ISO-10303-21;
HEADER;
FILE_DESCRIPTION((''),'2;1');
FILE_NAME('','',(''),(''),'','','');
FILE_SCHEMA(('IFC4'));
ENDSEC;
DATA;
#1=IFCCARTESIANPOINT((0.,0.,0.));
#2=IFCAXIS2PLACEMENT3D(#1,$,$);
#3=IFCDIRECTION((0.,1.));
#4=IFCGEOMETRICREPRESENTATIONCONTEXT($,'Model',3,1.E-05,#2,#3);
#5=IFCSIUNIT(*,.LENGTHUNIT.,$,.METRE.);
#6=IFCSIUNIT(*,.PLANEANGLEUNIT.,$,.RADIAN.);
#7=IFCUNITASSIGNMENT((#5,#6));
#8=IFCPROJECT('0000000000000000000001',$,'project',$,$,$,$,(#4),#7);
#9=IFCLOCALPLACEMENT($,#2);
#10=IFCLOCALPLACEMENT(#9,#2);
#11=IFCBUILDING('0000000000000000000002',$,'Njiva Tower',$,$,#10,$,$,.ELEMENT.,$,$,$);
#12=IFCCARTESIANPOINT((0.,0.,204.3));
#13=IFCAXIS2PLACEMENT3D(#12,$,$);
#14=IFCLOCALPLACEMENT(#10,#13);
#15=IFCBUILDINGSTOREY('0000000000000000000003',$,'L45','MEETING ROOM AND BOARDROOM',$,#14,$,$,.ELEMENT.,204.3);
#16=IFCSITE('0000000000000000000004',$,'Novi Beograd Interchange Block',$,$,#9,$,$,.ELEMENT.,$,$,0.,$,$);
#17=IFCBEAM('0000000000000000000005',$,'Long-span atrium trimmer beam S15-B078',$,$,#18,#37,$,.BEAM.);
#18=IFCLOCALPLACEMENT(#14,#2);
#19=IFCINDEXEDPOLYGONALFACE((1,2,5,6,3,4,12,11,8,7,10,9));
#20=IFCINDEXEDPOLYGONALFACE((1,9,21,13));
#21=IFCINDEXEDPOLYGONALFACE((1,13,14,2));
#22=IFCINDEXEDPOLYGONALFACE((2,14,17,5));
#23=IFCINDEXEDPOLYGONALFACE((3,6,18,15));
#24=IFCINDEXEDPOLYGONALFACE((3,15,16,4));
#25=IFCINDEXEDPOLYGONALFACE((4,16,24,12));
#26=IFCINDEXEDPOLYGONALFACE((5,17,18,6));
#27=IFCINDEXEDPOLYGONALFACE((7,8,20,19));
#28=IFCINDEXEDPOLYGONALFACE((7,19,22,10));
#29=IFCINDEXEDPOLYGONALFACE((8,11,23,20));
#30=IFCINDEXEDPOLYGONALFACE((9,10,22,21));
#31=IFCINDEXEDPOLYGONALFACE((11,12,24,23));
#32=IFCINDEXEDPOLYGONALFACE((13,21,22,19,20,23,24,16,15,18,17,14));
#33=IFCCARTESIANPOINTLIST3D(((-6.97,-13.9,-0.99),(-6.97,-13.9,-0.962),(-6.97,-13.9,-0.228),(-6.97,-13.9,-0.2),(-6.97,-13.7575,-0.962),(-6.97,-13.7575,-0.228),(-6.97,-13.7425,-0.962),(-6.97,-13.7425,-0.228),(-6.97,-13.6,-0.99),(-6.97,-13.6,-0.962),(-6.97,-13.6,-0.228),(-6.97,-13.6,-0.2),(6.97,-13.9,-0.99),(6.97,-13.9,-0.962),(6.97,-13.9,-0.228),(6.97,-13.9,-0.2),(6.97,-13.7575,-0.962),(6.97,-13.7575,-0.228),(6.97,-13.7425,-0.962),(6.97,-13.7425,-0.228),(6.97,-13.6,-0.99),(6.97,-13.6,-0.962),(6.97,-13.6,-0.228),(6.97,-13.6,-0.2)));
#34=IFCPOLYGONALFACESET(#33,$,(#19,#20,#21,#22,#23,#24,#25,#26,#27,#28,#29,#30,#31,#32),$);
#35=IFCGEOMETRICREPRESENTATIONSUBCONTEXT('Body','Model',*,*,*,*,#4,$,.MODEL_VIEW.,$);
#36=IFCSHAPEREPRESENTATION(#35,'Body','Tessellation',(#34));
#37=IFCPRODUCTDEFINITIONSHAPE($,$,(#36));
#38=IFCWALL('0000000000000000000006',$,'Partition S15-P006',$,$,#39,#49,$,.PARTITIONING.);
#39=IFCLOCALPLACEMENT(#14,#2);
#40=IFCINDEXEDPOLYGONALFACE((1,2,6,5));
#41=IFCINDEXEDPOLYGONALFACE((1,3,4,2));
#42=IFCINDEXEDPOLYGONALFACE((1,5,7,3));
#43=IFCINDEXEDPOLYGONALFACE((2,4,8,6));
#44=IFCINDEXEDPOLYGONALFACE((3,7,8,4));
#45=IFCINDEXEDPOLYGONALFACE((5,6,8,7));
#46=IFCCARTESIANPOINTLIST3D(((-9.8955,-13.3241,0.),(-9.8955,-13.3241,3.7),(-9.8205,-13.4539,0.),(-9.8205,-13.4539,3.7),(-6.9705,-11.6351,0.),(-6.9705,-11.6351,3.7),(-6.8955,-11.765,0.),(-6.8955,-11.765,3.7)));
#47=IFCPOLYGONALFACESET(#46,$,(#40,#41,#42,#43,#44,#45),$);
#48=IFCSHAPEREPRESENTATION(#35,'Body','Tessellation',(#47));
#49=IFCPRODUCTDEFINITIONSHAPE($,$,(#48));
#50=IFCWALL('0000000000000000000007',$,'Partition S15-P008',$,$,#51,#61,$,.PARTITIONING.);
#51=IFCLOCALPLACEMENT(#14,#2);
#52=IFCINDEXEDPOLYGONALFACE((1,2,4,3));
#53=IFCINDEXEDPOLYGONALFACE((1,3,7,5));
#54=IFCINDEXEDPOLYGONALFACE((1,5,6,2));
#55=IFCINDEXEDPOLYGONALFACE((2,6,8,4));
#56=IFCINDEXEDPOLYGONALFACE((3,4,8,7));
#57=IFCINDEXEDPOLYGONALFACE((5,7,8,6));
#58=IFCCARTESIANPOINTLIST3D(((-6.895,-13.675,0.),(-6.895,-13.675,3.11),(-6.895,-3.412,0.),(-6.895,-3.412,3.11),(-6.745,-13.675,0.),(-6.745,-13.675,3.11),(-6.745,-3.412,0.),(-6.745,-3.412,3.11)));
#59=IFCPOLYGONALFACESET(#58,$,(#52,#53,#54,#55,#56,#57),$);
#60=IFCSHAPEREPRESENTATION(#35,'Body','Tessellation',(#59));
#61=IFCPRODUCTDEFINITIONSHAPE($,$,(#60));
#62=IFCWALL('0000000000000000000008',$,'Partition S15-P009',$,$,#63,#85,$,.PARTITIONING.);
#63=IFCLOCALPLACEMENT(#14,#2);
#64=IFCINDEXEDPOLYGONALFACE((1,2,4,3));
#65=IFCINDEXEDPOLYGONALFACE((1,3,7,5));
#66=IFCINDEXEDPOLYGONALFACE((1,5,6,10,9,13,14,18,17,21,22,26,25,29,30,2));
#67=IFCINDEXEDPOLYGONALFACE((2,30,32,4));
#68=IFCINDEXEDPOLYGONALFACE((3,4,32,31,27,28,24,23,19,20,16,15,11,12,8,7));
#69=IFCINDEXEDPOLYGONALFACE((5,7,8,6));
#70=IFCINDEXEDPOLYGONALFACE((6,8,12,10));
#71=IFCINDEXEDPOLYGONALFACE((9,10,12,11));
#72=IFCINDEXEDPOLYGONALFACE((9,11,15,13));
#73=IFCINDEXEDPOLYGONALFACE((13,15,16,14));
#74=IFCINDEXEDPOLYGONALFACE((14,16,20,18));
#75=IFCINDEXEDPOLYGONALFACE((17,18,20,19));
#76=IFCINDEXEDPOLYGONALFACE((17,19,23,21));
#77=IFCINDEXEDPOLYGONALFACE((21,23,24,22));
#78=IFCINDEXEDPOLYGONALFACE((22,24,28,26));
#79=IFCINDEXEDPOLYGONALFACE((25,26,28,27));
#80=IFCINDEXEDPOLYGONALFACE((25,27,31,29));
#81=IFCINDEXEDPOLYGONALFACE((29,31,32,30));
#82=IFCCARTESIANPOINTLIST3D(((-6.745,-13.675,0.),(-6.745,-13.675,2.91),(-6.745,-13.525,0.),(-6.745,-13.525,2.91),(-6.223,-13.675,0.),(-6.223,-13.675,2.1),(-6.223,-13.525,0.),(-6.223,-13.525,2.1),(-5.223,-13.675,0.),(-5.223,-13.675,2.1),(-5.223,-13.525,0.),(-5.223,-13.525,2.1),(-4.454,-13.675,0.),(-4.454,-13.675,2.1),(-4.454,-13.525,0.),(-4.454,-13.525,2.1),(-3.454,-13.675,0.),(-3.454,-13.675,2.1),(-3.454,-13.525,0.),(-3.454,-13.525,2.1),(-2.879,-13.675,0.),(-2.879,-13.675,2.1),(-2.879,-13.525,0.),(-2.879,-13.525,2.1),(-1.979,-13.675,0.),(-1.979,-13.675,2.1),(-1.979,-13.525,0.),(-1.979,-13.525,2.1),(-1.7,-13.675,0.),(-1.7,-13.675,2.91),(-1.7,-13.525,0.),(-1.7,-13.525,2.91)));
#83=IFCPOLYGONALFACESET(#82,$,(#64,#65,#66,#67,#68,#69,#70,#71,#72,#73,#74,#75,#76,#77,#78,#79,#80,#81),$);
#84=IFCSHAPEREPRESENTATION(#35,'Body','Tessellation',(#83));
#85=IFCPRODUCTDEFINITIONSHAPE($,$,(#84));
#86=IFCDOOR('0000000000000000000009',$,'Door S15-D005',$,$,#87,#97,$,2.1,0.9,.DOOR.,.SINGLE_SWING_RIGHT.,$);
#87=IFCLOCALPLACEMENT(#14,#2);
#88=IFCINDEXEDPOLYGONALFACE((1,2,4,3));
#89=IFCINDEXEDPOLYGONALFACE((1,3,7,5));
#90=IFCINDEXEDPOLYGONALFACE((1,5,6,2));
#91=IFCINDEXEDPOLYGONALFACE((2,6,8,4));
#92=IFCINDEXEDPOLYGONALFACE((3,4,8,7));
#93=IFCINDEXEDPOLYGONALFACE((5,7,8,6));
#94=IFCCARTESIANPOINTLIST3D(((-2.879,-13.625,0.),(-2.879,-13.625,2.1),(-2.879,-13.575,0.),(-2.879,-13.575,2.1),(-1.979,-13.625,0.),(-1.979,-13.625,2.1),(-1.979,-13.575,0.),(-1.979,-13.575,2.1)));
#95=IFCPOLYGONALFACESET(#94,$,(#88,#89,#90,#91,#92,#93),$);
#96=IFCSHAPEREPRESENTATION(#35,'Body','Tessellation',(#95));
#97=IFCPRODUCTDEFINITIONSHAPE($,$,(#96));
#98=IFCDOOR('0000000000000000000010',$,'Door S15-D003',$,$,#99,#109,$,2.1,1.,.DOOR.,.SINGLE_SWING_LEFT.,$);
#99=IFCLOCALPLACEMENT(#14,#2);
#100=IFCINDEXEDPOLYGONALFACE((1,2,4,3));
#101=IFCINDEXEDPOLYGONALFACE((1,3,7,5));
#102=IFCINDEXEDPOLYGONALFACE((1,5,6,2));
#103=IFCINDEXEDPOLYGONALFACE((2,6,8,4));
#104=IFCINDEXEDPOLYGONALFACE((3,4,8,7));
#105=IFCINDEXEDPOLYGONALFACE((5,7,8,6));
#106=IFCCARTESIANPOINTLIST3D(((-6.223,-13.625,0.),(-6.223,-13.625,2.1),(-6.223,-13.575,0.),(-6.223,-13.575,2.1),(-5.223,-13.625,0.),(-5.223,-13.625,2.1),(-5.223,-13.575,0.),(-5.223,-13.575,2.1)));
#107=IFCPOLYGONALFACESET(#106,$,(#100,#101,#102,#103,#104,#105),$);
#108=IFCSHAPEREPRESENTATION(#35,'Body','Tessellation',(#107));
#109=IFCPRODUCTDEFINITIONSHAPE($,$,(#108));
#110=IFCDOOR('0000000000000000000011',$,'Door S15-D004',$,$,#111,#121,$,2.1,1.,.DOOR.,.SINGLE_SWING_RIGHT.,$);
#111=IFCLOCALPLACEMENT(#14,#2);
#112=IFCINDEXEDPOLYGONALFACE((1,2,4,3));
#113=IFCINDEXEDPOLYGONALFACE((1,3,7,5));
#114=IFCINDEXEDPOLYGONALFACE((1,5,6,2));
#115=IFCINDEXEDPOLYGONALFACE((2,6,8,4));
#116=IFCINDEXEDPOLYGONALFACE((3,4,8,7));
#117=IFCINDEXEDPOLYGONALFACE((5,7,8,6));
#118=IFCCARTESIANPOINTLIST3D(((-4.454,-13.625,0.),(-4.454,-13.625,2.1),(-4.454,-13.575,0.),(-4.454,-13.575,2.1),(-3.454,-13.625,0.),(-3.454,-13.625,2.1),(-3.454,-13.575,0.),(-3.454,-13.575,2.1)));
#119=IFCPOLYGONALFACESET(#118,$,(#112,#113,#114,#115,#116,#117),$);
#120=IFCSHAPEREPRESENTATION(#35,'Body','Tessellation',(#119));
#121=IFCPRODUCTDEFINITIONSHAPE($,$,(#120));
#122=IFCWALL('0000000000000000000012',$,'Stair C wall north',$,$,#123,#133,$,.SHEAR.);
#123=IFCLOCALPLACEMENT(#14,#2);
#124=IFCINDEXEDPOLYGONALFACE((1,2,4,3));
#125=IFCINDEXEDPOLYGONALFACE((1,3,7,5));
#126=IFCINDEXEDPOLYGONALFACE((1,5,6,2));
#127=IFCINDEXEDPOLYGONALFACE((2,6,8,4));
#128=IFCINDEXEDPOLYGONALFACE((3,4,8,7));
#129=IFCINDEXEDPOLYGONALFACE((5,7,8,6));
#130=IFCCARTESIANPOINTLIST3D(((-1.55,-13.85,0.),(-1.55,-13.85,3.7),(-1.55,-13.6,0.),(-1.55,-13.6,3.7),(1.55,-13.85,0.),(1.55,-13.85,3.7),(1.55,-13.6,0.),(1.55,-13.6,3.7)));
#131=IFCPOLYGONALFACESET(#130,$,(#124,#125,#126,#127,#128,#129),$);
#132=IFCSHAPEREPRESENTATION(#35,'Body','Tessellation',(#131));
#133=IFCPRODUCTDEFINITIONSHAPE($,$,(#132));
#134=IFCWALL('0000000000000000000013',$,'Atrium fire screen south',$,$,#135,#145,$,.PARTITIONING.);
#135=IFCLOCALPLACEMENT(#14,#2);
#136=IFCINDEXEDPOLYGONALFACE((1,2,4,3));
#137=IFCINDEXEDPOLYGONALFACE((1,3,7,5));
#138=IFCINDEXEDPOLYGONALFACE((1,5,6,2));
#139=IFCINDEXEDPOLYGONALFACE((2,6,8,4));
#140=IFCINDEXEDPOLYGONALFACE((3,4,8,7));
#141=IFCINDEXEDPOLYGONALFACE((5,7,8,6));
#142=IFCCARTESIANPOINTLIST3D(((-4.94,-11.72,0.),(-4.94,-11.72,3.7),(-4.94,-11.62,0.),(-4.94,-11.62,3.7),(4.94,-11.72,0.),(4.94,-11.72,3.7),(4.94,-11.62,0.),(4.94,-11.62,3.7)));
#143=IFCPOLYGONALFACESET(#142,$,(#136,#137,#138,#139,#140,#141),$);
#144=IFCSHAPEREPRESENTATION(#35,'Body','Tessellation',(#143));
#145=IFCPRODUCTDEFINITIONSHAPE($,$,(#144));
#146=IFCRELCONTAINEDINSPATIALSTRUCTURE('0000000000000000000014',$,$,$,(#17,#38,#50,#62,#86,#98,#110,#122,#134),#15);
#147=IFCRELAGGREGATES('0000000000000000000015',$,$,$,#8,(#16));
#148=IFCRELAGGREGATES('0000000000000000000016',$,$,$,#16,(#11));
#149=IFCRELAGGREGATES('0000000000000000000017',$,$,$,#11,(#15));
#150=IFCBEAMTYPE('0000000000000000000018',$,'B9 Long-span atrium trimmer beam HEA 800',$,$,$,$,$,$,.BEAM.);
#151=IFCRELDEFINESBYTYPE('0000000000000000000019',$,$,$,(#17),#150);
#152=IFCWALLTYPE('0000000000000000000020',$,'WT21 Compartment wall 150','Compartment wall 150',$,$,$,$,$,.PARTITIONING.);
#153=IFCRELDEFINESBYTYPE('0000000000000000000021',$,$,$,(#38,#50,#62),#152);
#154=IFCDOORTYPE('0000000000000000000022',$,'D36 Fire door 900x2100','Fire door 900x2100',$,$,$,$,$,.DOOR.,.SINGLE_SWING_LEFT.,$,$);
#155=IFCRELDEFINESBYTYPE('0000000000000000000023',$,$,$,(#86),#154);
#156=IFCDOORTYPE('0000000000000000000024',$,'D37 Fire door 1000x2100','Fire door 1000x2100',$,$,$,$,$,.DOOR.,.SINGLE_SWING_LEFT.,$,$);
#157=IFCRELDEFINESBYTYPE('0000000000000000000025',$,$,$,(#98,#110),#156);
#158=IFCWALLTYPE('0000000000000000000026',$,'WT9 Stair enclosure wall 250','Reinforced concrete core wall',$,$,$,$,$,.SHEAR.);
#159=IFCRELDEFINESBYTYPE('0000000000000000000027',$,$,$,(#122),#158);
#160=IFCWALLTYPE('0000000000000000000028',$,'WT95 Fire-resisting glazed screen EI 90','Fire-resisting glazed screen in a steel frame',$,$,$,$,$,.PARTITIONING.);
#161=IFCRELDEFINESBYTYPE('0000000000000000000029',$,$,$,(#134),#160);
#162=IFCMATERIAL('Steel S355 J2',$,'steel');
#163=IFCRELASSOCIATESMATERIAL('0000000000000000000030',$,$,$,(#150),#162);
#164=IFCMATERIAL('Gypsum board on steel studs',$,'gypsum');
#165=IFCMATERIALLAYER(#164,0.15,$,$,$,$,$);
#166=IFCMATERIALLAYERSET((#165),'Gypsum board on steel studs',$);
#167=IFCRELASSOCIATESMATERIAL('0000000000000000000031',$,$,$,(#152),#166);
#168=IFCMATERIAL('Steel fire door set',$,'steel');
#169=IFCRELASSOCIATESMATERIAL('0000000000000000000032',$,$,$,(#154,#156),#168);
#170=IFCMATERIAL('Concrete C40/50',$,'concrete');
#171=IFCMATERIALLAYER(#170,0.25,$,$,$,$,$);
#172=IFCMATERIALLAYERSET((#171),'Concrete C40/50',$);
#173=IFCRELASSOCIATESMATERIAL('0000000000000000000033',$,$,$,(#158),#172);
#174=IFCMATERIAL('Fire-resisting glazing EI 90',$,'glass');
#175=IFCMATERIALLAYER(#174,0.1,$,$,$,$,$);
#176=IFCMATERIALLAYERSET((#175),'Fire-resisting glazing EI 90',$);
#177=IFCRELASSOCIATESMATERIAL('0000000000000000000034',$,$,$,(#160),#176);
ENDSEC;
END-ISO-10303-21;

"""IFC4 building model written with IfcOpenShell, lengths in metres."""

from ifc_helpers import new_model, si_unit, direction, frame, frame_2d, origin, origin_2d, place, context, subcontext, project, spatial, rectangle, i_section, extrude, material, layer, layer_set, material_profile, profile_set, type_object, element, fill, save


model = new_model("IFC4")

# Units and contexts
model_context = context("Model", 3, precision=1e-05, world=origin(), true_north=direction((0.0, 1.0)))
body_context = subcontext(model_context, "Body", "Model", "MODEL_VIEW")
ifc_project = project(units=[si_unit("LENGTHUNIT", "METRE"), si_unit("PLANEANGLEUNIT", "RADIAN")], contexts=[model_context])

# Site, building, storey
site_placement = place(None, origin())
site = spatial("IfcSite", under=ifc_project, at=site_placement, Name="Novi Beograd Interchange Block", CompositionType="ELEMENT", RefElevation=0.0)
building_placement = place(site_placement, origin())
building = spatial("IfcBuilding", under=site, at=building_placement, Name="Njiva Tower", CompositionType="ELEMENT")
storey_placement = place(building_placement, frame((0.0, 0.0, 204.3)))
storey = spatial("IfcBuildingStorey", under=building, at=storey_placement, Name="L45", Description="MEETING ROOM AND BOARDROOM", CompositionType="ELEMENT", Elevation=204.3)

# Shared definitions
ifc_material_1 = material(Name="Steel S355 J2", Category="steel")

# Beam
ifc_material_profile_1 = material_profile(ifc_material_1, i_section(OverallWidth=0.3, OverallDepth=0.79, WebThickness=0.015, FlangeThickness=0.028, at=origin_2d()), Name="HEA 800")
ifc_profile_set_1 = profile_set([ifc_material_profile_1], Name="Steel S355 J2")
beam_type_1 = type_object("IfcBeamType", Name="B9 Long-span atrium trimmer beam HEA 800", PredefinedType="BEAM", material=ifc_profile_set_1)
beam_1_placement = place(storey_placement, frame((-6.97, -13.75, -0.595), z_axis=(1.0, 0.0, 0.0), x_axis=(0.0, 1.0, 0.0)))
element("IfcBeam", 1, at=beam_1_placement, inside=storey, type_object=beam_type_1, Name="Long-span atrium trimmer beam S15-B078", PredefinedType="BEAM", context=body_context, shape_type="SweptSolid", body=[
    extrude(i_section(OverallWidth=0.3, OverallDepth=0.79, WebThickness=0.015, FlangeThickness=0.028, at=origin_2d()), origin(), (0.0, 0.0, 1.0), 13.94),
])

# Walls
ifc_material_2 = material(Name="Gypsum board on steel studs", Category="gypsum")
ifc_layer_1 = layer(ifc_material_2, 0.15)
ifc_layer_set_1 = layer_set([ifc_layer_1], Name="Gypsum board on steel studs")
wall_type_1 = type_object("IfcWallType", Name="WT21 Compartment wall 150", Description="Compartment wall 150", PredefinedType="PARTITIONING", material=ifc_layer_set_1)
wall_1_placement = place(storey_placement, frame((-9.858, -13.389, 0.0), z_axis=(0.0, 0.0, 1.0), x_axis=(0.865993, 0.500056, 0.0)))
element("IfcWall", 2, at=wall_1_placement, inside=storey, type_object=wall_type_1, Name="Partition S15-P006", PredefinedType="PARTITIONING", context=body_context, shape_type="SweptSolid", body=[
    extrude(rectangle(XDim=3.3776, YDim=0.15, at=frame_2d((1.6888, 0.0))), origin(), (0.0, 0.0, 1.0), 3.7),
])
wall_2_placement = place(storey_placement, frame((-6.82, -13.675, 0.0), z_axis=(0.0, 0.0, 1.0), x_axis=(0.0, 1.0, 0.0)))
element("IfcWall", 3, at=wall_2_placement, inside=storey, type_object=wall_type_1, Name="Partition S15-P008", PredefinedType="PARTITIONING", context=body_context, shape_type="SweptSolid", body=[
    extrude(rectangle(XDim=10.263, YDim=0.15, at=frame_2d((5.1315, 0.0))), origin(), (0.0, 0.0, 1.0), 3.11),
])

# Wall, openings, doors
wall_3_placement = place(storey_placement, frame((-6.745, -13.6, 0.0), z_axis=(0.0, 0.0, 1.0), x_axis=(1.0, 0.0, 0.0)))
wall_3 = element("IfcWall", 4, at=wall_3_placement, inside=storey, type_object=wall_type_1, Name="Partition S15-P009", PredefinedType="PARTITIONING", context=body_context, shape_type="SweptSolid", body=[
    extrude(rectangle(XDim=5.045, YDim=0.15, at=frame_2d((2.5225, 0.0))), origin(), (0.0, 0.0, 1.0), 2.91),
])
opening_1_placement = place(wall_3_placement, frame((0.522, 0.0, 0.0)))
opening_1 = element("IfcOpeningElement", 5, at=opening_1_placement, cuts=wall_3, PredefinedType="OPENING", context=body_context, shape_type="SweptSolid", body=[
    extrude(rectangle(XDim=1.0, YDim=2.1, at=frame_2d((0.5, 1.05))), frame((0.0, 0.085, 0.0), z_axis=(0.0, -1.0, 0.0), x_axis=(1.0, 0.0, 0.0)), (0.0, 0.0, 1.0), 0.17),
])
opening_2_placement = place(wall_3_placement, frame((2.291, 0.0, 0.0)))
opening_2 = element("IfcOpeningElement", 6, at=opening_2_placement, cuts=wall_3, PredefinedType="OPENING", context=body_context, shape_type="SweptSolid", body=[
    extrude(rectangle(XDim=1.0, YDim=2.1, at=frame_2d((0.5, 1.05))), frame((0.0, 0.085, 0.0), z_axis=(0.0, -1.0, 0.0), x_axis=(1.0, 0.0, 0.0)), (0.0, 0.0, 1.0), 0.17),
])
opening_3_placement = place(wall_3_placement, frame((3.866, 0.0, 0.0)))
opening_3 = element("IfcOpeningElement", 7, at=opening_3_placement, cuts=wall_3, PredefinedType="OPENING", context=body_context, shape_type="SweptSolid", body=[
    extrude(rectangle(XDim=0.9, YDim=2.1, at=frame_2d((0.45, 1.05))), frame((0.0, 0.085, 0.0), z_axis=(0.0, -1.0, 0.0), x_axis=(1.0, 0.0, 0.0)), (0.0, 0.0, 1.0), 0.17),
])
ifc_material_3 = material(Name="Steel fire door set", Category="steel")
door_type_1 = type_object("IfcDoorType", Name="D36 Fire door 900x2100", Description="Fire door 900x2100", OperationType="SINGLE_SWING_LEFT", PredefinedType="DOOR", material=ifc_material_3)
door_1_placement = place(opening_3_placement, origin())
door_1 = element("IfcDoor", 8, at=door_1_placement, inside=storey, type_object=door_type_1, Name="Door S15-D005", OperationType="SINGLE_SWING_RIGHT", OverallHeight=2.1, OverallWidth=0.9, PredefinedType="DOOR", context=body_context, shape_type="SweptSolid", body=[
    extrude(rectangle(XDim=0.9, YDim=2.1, at=frame_2d((0.45, 1.05))), frame((0.0, 0.025, 0.0), z_axis=(0.0, -1.0, 0.0), x_axis=(1.0, 0.0, 0.0)), (0.0, 0.0, 1.0), 0.05),
])
fill(opening_3, door_1)
door_type_2 = type_object("IfcDoorType", Name="D37 Fire door 1000x2100", Description="Fire door 1000x2100", OperationType="SINGLE_SWING_LEFT", PredefinedType="DOOR", material=ifc_material_3)
door_2_placement = place(opening_1_placement, origin())
door_2 = element("IfcDoor", 9, at=door_2_placement, inside=storey, type_object=door_type_2, Name="Door S15-D003", OperationType="SINGLE_SWING_LEFT", OverallHeight=2.1, OverallWidth=1.0, PredefinedType="DOOR", context=body_context, shape_type="SweptSolid", body=[
    extrude(rectangle(XDim=1.0, YDim=2.1, at=frame_2d((0.5, 1.05))), frame((0.0, 0.025, 0.0), z_axis=(0.0, -1.0, 0.0), x_axis=(1.0, 0.0, 0.0)), (0.0, 0.0, 1.0), 0.05),
])
fill(opening_1, door_2)
door_3_placement = place(opening_2_placement, origin())
door_3 = element("IfcDoor", 10, at=door_3_placement, inside=storey, type_object=door_type_2, Name="Door S15-D004", OperationType="SINGLE_SWING_RIGHT", OverallHeight=2.1, OverallWidth=1.0, PredefinedType="DOOR", context=body_context, shape_type="SweptSolid", body=[
    extrude(rectangle(XDim=1.0, YDim=2.1, at=frame_2d((0.5, 1.05))), frame((0.0, 0.025, 0.0), z_axis=(0.0, -1.0, 0.0), x_axis=(1.0, 0.0, 0.0)), (0.0, 0.0, 1.0), 0.05),
])
fill(opening_2, door_3)

# Walls
ifc_material_4 = material(Name="Concrete C40/50", Category="concrete")
ifc_layer_2 = layer(ifc_material_4, 0.25)
ifc_layer_set_2 = layer_set([ifc_layer_2], Name="Concrete C40/50")
wall_type_2 = type_object("IfcWallType", Name="WT9 Stair enclosure wall 250", Description="Reinforced concrete core wall", PredefinedType="SHEAR", material=ifc_layer_set_2)
wall_4_placement = place(storey_placement, frame((-1.55, -13.725, 0.0), z_axis=(0.0, 0.0, 1.0), x_axis=(1.0, 0.0, 0.0)))
element("IfcWall", 11, at=wall_4_placement, inside=storey, type_object=wall_type_2, Name="Stair C wall north", PredefinedType="SHEAR", context=body_context, shape_type="SweptSolid", body=[
    extrude(rectangle(XDim=3.1, YDim=0.25, at=frame_2d((1.55, 0.0))), origin(), (0.0, 0.0, 1.0), 3.7),
])
ifc_material_5 = material(Name="Fire-resisting glazing EI 90", Category="glass")
ifc_layer_3 = layer(ifc_material_5, 0.1)
ifc_layer_set_3 = layer_set([ifc_layer_3], Name="Fire-resisting glazing EI 90")
wall_type_3 = type_object("IfcWallType", Name="WT95 Fire-resisting glazed screen EI 90", Description="Fire-resisting glazed screen in a steel frame", PredefinedType="PARTITIONING", material=ifc_layer_set_3)
wall_5_placement = place(storey_placement, frame((-4.94, -11.67, 0.0), z_axis=(0.0, 0.0, 1.0), x_axis=(1.0, 0.0, 0.0)))
element("IfcWall", 12, at=wall_5_placement, inside=storey, type_object=wall_type_3, Name="Atrium fire screen south", PredefinedType="PARTITIONING", context=body_context, shape_type="SweptSolid", body=[
    extrude(rectangle(XDim=9.88, YDim=0.1, at=frame_2d((4.94, 0.0))), origin(), (0.0, 0.0, 1.0), 3.7),
])

save(model, "model.ifc")
